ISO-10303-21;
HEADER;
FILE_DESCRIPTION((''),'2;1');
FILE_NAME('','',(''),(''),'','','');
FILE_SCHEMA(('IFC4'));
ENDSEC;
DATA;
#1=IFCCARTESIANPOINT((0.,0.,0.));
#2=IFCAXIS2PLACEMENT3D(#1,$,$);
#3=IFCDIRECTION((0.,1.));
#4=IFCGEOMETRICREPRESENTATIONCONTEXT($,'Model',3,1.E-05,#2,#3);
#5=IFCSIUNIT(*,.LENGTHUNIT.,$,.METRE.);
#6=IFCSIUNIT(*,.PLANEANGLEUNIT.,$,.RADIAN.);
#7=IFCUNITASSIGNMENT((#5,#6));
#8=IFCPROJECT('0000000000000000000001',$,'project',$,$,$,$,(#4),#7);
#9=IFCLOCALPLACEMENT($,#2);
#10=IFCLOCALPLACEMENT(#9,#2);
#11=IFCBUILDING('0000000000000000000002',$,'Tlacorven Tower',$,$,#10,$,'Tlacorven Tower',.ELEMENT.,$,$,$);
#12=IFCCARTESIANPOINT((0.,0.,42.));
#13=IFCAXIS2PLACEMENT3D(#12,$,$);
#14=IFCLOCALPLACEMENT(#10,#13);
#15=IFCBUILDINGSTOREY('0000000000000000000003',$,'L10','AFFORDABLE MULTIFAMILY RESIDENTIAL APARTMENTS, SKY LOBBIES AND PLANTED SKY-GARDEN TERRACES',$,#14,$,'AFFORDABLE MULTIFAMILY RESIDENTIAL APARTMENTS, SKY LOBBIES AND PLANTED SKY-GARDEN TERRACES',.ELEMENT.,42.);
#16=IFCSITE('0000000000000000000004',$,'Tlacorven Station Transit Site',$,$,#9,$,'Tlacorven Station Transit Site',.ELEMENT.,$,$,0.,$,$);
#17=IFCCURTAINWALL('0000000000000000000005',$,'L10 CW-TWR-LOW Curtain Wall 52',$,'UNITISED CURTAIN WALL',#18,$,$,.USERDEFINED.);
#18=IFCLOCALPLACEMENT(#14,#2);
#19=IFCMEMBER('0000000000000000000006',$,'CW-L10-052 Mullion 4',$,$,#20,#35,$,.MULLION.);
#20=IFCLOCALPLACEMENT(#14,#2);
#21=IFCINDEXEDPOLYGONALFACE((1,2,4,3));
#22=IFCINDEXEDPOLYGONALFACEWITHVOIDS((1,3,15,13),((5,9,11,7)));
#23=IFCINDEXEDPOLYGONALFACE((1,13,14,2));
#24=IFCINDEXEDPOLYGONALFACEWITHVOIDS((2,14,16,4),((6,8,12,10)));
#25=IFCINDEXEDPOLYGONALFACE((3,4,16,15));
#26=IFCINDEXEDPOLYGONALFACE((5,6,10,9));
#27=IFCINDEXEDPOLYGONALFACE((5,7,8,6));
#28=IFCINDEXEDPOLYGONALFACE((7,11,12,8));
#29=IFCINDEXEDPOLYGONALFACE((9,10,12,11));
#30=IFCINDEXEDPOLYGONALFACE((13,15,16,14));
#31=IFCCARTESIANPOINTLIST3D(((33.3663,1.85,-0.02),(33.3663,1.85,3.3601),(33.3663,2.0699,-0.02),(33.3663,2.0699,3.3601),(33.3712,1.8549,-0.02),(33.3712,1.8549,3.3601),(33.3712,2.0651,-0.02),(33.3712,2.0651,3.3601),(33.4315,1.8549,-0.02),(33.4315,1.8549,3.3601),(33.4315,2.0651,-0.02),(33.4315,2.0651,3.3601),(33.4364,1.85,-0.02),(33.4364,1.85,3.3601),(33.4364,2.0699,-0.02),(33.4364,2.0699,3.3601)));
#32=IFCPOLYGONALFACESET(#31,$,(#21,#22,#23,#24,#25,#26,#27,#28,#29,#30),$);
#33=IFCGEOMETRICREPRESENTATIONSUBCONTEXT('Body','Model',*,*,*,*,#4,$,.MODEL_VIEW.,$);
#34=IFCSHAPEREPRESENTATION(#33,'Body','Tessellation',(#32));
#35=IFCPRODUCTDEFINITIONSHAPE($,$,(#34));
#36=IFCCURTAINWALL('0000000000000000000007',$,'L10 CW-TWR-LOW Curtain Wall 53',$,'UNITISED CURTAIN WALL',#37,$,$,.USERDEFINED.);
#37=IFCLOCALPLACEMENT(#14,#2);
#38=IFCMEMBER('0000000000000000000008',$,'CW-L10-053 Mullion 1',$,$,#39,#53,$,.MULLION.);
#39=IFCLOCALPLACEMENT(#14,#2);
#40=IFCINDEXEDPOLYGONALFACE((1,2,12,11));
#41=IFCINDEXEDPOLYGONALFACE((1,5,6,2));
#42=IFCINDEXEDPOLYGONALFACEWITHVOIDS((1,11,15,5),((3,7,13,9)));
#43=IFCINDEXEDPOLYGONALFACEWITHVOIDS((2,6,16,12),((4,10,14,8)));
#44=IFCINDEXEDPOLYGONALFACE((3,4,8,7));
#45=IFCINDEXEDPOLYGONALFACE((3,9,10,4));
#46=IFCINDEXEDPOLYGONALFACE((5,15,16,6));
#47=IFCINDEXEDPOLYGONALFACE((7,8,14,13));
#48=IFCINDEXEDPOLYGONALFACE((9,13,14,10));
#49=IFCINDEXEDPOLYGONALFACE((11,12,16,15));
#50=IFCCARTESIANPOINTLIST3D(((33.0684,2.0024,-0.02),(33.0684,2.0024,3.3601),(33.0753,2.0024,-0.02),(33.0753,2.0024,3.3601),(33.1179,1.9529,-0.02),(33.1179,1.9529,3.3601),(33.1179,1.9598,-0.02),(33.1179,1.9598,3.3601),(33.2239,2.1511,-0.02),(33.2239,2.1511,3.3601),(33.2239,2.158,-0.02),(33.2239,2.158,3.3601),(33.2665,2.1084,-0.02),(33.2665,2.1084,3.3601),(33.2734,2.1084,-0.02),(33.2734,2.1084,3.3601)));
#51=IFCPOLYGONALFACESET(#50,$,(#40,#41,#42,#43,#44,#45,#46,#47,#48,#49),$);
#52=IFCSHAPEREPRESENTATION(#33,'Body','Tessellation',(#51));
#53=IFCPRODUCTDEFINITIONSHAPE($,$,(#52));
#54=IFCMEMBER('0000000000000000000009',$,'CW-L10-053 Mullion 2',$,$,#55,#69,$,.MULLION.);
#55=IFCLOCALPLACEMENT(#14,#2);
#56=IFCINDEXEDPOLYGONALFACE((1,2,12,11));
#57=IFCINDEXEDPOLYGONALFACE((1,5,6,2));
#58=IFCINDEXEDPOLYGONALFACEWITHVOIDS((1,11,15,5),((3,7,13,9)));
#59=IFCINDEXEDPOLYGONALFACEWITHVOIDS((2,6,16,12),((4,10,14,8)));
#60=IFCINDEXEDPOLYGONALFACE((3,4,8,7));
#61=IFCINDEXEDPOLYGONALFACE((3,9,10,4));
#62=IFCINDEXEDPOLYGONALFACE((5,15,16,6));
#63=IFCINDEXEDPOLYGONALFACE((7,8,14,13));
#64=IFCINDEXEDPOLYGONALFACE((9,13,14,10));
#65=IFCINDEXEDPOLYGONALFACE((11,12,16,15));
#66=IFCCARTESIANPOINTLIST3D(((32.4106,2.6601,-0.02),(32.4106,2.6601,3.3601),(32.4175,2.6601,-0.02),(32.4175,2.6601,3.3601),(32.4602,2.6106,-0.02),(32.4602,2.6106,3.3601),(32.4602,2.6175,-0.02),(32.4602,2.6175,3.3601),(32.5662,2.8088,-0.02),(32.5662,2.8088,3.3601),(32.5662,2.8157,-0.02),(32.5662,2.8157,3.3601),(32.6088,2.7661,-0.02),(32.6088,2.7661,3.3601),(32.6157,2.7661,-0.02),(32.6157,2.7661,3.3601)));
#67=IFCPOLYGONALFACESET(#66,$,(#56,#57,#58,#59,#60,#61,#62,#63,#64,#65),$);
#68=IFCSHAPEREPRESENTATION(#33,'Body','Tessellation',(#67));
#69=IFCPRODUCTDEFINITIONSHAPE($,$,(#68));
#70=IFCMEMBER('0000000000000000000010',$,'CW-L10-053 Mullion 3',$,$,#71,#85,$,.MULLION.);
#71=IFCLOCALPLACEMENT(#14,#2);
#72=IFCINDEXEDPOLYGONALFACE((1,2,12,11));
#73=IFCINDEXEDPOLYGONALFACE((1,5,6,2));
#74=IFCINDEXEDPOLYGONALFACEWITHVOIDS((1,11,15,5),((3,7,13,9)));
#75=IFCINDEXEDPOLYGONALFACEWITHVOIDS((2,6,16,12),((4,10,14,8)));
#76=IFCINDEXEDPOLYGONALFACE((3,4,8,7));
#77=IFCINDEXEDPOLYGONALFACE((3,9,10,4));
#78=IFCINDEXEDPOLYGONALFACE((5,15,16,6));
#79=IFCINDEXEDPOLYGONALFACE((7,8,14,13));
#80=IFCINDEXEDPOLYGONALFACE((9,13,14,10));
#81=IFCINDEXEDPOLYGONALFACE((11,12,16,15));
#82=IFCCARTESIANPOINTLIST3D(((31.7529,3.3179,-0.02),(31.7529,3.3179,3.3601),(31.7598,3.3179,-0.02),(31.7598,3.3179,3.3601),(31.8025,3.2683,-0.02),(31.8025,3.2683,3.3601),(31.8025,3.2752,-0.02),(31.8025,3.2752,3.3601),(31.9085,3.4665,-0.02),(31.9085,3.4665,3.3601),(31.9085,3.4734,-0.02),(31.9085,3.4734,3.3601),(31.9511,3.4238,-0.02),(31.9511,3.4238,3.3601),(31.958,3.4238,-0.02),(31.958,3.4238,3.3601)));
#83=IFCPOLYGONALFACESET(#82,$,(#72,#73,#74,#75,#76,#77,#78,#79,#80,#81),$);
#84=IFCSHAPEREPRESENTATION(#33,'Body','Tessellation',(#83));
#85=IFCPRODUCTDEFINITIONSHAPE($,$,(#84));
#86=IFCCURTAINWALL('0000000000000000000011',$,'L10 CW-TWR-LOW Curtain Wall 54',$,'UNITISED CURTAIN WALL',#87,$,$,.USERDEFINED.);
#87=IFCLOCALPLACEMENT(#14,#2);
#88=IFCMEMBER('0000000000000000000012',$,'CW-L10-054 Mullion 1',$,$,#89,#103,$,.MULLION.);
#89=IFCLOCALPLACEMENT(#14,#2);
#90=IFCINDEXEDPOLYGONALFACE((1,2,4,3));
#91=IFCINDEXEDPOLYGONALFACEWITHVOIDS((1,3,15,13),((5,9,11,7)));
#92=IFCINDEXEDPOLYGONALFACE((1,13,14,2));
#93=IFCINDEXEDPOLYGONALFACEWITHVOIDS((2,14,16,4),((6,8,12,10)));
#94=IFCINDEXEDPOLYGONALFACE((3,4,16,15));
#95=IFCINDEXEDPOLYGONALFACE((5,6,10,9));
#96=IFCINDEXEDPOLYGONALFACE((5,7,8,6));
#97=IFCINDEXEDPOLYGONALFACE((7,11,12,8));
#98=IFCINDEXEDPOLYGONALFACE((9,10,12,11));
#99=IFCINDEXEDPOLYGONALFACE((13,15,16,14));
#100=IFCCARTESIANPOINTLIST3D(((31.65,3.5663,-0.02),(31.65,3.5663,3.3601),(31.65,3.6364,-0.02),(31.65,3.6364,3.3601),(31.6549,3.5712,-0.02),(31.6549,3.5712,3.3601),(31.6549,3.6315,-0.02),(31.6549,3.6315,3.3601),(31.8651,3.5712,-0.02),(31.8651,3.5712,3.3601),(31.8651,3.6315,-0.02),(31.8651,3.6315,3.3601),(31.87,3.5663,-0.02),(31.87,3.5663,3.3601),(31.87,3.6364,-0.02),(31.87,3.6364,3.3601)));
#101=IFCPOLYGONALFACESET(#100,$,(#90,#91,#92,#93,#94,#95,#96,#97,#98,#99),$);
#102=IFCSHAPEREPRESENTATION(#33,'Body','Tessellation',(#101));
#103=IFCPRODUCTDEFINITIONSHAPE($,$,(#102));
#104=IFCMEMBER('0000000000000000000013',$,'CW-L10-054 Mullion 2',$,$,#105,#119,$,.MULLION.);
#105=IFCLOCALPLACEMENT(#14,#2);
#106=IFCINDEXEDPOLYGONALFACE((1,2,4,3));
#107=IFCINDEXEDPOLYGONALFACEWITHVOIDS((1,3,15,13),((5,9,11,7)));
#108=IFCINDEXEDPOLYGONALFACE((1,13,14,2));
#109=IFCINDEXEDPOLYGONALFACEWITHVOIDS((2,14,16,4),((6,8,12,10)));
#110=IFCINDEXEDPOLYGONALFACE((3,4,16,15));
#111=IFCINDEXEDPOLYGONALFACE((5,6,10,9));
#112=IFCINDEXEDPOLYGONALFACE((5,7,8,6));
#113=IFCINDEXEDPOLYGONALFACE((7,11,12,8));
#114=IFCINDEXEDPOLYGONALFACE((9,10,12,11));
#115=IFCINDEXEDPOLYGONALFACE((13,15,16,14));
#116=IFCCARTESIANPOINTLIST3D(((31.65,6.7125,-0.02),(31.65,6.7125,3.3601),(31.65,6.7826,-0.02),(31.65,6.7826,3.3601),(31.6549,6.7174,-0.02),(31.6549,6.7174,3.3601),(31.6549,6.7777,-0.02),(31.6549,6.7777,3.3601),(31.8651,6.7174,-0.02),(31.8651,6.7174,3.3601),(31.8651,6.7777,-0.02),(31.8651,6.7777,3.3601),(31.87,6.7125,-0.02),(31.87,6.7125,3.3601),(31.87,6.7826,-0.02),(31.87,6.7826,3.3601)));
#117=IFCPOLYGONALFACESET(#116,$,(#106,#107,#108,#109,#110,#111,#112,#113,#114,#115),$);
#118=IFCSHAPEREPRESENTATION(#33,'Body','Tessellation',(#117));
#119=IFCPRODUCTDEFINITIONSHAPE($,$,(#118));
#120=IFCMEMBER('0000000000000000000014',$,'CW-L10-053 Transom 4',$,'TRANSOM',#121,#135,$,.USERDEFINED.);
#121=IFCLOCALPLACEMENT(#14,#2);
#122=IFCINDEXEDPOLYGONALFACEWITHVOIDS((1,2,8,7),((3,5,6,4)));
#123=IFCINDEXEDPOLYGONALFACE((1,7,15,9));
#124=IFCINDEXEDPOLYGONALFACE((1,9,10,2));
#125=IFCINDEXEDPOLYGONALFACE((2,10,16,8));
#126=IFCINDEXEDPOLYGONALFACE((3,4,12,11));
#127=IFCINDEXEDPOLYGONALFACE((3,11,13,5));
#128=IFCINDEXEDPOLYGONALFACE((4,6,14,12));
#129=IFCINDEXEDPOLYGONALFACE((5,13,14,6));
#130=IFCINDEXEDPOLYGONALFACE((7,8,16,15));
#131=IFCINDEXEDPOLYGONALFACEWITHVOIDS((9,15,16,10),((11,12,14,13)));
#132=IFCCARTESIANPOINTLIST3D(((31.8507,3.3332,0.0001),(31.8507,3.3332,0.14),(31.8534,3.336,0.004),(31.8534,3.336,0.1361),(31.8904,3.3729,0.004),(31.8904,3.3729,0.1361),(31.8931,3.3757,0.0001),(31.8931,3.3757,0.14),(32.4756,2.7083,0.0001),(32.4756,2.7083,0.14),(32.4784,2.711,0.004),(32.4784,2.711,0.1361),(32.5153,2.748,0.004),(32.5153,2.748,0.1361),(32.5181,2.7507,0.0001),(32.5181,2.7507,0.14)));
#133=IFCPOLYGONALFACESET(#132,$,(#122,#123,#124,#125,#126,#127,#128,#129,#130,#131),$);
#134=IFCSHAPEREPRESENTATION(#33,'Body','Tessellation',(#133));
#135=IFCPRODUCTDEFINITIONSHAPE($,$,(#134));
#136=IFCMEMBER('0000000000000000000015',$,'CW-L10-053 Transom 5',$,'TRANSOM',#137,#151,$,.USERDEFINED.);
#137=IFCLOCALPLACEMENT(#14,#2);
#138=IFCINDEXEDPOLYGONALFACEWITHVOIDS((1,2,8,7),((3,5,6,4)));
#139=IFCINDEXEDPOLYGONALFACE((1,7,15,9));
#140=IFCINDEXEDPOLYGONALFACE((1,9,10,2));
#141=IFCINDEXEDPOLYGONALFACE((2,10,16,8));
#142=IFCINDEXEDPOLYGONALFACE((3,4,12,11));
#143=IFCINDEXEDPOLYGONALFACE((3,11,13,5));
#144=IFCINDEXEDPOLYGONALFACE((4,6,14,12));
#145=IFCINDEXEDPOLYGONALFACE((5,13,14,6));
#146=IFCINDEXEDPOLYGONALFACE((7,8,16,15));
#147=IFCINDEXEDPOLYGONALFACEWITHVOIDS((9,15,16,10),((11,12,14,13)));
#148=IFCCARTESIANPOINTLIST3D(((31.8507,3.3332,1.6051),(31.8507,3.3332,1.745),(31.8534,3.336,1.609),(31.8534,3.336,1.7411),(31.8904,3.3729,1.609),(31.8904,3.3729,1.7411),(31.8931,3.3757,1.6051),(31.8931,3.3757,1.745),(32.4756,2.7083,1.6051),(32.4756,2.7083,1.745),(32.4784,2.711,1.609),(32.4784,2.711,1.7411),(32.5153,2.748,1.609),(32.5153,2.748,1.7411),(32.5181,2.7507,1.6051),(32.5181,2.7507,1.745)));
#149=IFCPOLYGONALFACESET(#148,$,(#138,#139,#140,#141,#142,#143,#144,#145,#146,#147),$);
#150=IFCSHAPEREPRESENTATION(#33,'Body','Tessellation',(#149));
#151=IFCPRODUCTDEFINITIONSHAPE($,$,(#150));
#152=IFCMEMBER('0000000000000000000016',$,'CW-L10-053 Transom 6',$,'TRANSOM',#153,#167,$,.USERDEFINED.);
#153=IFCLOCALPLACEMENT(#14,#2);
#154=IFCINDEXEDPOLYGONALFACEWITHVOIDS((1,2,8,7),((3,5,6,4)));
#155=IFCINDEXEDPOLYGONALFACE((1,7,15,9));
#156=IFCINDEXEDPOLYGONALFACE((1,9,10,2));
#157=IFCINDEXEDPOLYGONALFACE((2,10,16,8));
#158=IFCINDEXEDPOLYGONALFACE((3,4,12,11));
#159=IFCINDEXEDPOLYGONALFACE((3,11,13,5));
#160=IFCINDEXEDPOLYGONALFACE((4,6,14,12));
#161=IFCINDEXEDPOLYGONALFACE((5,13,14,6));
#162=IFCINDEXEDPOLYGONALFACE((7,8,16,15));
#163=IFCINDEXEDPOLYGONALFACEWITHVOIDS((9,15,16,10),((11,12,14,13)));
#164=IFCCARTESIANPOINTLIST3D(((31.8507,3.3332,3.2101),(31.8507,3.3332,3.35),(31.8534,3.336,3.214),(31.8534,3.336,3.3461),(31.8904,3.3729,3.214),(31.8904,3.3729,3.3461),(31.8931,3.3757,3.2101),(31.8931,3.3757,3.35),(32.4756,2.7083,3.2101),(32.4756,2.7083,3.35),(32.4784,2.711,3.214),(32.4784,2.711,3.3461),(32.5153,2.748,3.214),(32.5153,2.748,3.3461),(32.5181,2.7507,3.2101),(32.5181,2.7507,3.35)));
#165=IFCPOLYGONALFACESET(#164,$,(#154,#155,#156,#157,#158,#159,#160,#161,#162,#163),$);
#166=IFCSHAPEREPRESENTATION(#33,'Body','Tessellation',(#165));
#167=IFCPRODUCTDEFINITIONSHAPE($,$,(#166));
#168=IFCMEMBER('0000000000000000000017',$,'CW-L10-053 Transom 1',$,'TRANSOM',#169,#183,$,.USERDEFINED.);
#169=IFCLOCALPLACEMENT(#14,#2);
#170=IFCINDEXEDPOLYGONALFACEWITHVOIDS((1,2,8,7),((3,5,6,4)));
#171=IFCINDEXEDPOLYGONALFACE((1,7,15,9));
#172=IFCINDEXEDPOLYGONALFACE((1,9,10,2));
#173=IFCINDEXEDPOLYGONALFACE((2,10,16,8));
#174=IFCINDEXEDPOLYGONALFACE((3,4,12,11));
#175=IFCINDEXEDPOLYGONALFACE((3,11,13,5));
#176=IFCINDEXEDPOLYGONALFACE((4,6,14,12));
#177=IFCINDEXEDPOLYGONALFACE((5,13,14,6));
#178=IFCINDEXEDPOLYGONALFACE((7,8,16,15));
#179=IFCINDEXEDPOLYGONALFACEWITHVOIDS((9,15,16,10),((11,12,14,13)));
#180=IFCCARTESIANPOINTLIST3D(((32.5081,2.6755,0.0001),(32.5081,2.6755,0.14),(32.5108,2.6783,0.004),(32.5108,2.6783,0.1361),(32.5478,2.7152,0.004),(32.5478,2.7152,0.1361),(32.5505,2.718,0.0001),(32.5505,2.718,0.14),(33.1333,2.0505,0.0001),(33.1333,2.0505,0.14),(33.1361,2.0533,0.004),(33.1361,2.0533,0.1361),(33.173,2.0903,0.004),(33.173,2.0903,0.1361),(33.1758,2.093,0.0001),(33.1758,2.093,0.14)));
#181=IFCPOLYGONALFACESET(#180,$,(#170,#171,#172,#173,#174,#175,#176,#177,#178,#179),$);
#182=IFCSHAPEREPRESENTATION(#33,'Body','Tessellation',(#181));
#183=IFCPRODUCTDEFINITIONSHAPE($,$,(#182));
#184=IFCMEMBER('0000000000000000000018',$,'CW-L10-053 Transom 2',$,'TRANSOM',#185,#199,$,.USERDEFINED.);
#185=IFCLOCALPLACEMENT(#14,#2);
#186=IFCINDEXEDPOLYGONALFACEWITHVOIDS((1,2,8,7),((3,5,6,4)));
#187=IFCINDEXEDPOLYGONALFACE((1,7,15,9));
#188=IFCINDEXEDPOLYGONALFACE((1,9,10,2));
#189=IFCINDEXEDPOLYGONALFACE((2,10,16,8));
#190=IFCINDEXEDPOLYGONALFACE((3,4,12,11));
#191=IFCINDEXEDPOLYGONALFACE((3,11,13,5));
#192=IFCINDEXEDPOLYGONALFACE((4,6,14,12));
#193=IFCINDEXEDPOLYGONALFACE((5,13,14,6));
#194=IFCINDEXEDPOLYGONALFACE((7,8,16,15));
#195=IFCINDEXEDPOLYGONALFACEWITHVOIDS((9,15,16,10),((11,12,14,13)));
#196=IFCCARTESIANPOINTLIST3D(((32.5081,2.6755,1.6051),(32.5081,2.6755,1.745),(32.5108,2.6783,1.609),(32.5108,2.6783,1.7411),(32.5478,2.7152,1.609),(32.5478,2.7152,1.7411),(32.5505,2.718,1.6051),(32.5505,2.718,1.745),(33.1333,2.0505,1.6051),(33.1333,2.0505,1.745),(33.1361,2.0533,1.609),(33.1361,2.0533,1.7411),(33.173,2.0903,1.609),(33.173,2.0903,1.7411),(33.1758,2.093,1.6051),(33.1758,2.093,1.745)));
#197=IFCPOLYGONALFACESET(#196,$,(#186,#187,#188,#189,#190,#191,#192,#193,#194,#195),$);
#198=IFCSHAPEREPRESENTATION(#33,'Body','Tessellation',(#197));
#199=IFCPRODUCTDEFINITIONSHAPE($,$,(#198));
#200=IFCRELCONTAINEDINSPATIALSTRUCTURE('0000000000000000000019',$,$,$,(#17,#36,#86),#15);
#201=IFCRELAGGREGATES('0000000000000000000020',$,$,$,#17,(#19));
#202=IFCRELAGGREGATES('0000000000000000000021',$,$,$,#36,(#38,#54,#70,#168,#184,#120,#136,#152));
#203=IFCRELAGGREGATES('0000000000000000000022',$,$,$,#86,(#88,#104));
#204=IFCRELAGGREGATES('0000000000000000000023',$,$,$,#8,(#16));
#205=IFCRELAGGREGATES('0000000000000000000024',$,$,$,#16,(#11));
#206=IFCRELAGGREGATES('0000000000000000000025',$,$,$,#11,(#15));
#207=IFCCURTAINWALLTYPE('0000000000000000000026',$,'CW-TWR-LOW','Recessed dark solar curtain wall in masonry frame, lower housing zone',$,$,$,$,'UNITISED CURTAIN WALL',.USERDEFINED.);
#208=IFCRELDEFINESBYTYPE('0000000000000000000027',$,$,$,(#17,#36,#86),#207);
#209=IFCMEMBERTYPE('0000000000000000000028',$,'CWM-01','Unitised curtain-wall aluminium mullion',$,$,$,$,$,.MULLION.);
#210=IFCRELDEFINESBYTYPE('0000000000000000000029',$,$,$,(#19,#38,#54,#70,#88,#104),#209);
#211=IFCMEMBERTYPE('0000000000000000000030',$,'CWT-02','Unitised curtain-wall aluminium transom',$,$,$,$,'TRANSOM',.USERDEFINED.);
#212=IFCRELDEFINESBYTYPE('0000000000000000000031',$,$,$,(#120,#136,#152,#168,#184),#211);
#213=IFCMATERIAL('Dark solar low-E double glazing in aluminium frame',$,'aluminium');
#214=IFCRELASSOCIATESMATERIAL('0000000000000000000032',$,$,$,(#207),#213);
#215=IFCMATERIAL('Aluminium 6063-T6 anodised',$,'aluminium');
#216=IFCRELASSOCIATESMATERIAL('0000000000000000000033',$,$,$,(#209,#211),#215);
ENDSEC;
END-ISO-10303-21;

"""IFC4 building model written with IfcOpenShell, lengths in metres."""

from ifc_helpers import new_model, si_unit, direction, frame, origin, origin_2d, place, context, subcontext, project, spatial, hollow_rectangle, extrude, source, transform, mapped, material, material_profile, profile_set, type_object, element, aggregate, save


model = new_model("IFC4")

# Units and contexts
model_context = context("Model", 3, precision=1e-05, world=origin(), true_north=direction((0.0, 1.0)))
body_context = subcontext(model_context, "Body", "Model", "MODEL_VIEW")
ifc_project = project(units=[si_unit("LENGTHUNIT", "METRE"), si_unit("PLANEANGLEUNIT", "RADIAN")], contexts=[model_context])

# Site, building, storey
site_placement = place(None, origin())
site = spatial("IfcSite", under=ifc_project, at=site_placement, Name="Tlacorven Station Transit Site", LongName="Tlacorven Station Transit Site", CompositionType="ELEMENT", RefElevation=0.0)
building_placement = place(site_placement, origin())
building = spatial("IfcBuilding", under=site, at=building_placement, Name="Tlacorven Tower", LongName="Tlacorven Tower", CompositionType="ELEMENT")
storey_placement = place(building_placement, frame((0.0, 0.0, 42.0)))
storey = spatial("IfcBuildingStorey", under=building, at=storey_placement, Name="L10", Description="AFFORDABLE MULTIFAMILY RESIDENTIAL APARTMENTS, SKY LOBBIES AND PLANTED SKY-GARDEN TERRACES", LongName="AFFORDABLE MULTIFAMILY RESIDENTIAL APARTMENTS, SKY LOBBIES AND PLANTED SKY-GARDEN TERRACES", CompositionType="ELEMENT", Elevation=42.0)

# Curtain wall, member
ifc_material_1 = material(Name="Dark solar low-E double glazing in aluminium frame", Category="aluminium")
curtain_wall_type = type_object("IfcCurtainWallType", Name="CW-TWR-LOW", Description="Recessed dark solar curtain wall in masonry frame, lower housing zone", ElementType="UNITISED CURTAIN WALL", PredefinedType="USERDEFINED", material=ifc_material_1)
curtain_wall_1_placement = place(storey_placement, origin())
curtain_wall_1 = element("IfcCurtainWall", 1, at=curtain_wall_1_placement, inside=storey, type_object=curtain_wall_type, Name="L10 CW-TWR-LOW Curtain Wall 52", ObjectType="UNITISED CURTAIN WALL", PredefinedType="USERDEFINED")
ifc_material_2 = material(Name="Aluminium 6063-T6 anodised", Category="aluminium")
ifc_material_profile_1 = material_profile(ifc_material_2, hollow_rectangle(XDim=0.0701, YDim=0.22, WallThickness=0.0049, at=origin_2d()), Name="ALU MULLION 70X220")
ifc_profile_set_1 = profile_set([ifc_material_profile_1], Name="Aluminium 6063-T6 anodised")
member_type_1 = type_object("IfcMemberType", Name="CWM-01", Description="Unitised curtain-wall aluminium mullion", PredefinedType="MULLION", material=ifc_profile_set_1)
shared_shape_1 = source(origin(), body_context, "Body", "SweptSolid", [
    extrude(hollow_rectangle(XDim=0.0701, YDim=0.22, WallThickness=0.0049, at=origin_2d()), origin(), (0.0, 0.0, 1.0), 3.3801),
])
member_1_placement = place(storey_placement, frame((33.4014, 1.96, -0.02), z_axis=(0.0, 0.0, 1.0), x_axis=(-1.0, 0.0, 0.0)))
member_1 = element("IfcMember", 2, at=member_1_placement, type_object=member_type_1, Name="CW-L10-052 Mullion 4", PredefinedType="MULLION", context=body_context, shape_type="MappedRepresentation", body=[
    mapped(shared_shape_1, transform((0.0, 0.0, 0.0), scale=1.0)),
])
aggregate(curtain_wall_1, [member_1])

# Curtain walls, members
curtain_wall_2_placement = place(storey_placement, origin())
curtain_wall_2 = element("IfcCurtainWall", 3, at=curtain_wall_2_placement, inside=storey, type_object=curtain_wall_type, Name="L10 CW-TWR-LOW Curtain Wall 53", ObjectType="UNITISED CURTAIN WALL", PredefinedType="USERDEFINED")
member_2_placement = place(storey_placement, frame((33.1709, 2.0554, -0.02), z_axis=(0.0, 0.0, 1.0), x_axis=(-0.707107, 0.707107, 0.0)))
member_2 = element("IfcMember", 4, at=member_2_placement, type_object=member_type_1, Name="CW-L10-053 Mullion 1", PredefinedType="MULLION", context=body_context, shape_type="MappedRepresentation", body=[
    mapped(shared_shape_1, transform((0.0, 0.0, 0.0), scale=1.0)),
])
member_3_placement = place(storey_placement, frame((32.5132, 2.7131, -0.02), z_axis=(0.0, 0.0, 1.0), x_axis=(-0.707107, 0.707107, 0.0)))
member_3 = element("IfcMember", 5, at=member_3_placement, type_object=member_type_1, Name="CW-L10-053 Mullion 2", PredefinedType="MULLION", context=body_context, shape_type="MappedRepresentation", body=[
    mapped(shared_shape_1, transform((0.0, 0.0, 0.0), scale=1.0)),
])
member_4_placement = place(storey_placement, frame((31.8555, 3.3708, -0.02), z_axis=(0.0, 0.0, 1.0), x_axis=(-0.707107, 0.707107, 0.0)))
member_4 = element("IfcMember", 6, at=member_4_placement, type_object=member_type_1, Name="CW-L10-053 Mullion 3", PredefinedType="MULLION", context=body_context, shape_type="MappedRepresentation", body=[
    mapped(shared_shape_1, transform((0.0, 0.0, 0.0), scale=1.0)),
])
curtain_wall_3_placement = place(storey_placement, origin())
curtain_wall_3 = element("IfcCurtainWall", 7, at=curtain_wall_3_placement, inside=storey, type_object=curtain_wall_type, Name="L10 CW-TWR-LOW Curtain Wall 54", ObjectType="UNITISED CURTAIN WALL", PredefinedType="USERDEFINED")
member_5_placement = place(storey_placement, frame((31.76, 3.6013, -0.02), z_axis=(0.0, 0.0, 1.0), x_axis=(0.0, 1.0, 0.0)))
member_5 = element("IfcMember", 8, at=member_5_placement, type_object=member_type_1, Name="CW-L10-054 Mullion 1", PredefinedType="MULLION", context=body_context, shape_type="MappedRepresentation", body=[
    mapped(shared_shape_1, transform((0.0, 0.0, 0.0), scale=1.0)),
])
member_6_placement = place(storey_placement, frame((31.76, 6.7476, -0.02), z_axis=(0.0, 0.0, 1.0), x_axis=(0.0, 1.0, 0.0)))
member_6 = element("IfcMember", 9, at=member_6_placement, type_object=member_type_1, Name="CW-L10-054 Mullion 2", PredefinedType="MULLION", context=body_context, shape_type="MappedRepresentation", body=[
    mapped(shared_shape_1, transform((0.0, 0.0, 0.0), scale=1.0)),
])

# Members
ifc_material_profile_2 = material_profile(ifc_material_2, hollow_rectangle(XDim=0.0601, YDim=0.1399, WallThickness=0.0039, at=origin_2d()), Name="ALU TRANSOM 60X140")
ifc_profile_set_2 = profile_set([ifc_material_profile_2], Name="Aluminium 6063-T6 anodised")
member_type_2 = type_object("IfcMemberType", Name="CWT-02", Description="Unitised curtain-wall aluminium transom", ElementType="TRANSOM", PredefinedType="USERDEFINED", material=ifc_profile_set_2)
shared_shape_2 = source(origin(), body_context, "Body", "SweptSolid", [
    extrude(hollow_rectangle(XDim=0.0601, YDim=0.1399, WallThickness=0.0039, at=origin_2d()), origin(), (0.0, 0.0, 1.0), 0.8838),
])
member_7_placement = place(storey_placement, frame((32.4968, 2.7295, 0.0701), z_axis=(-0.707107, 0.707107, 0.0), x_axis=(-0.707107, -0.707107, 0.0)))
member_7 = element("IfcMember", 10, at=member_7_placement, type_object=member_type_2, Name="CW-L10-053 Transom 4", ObjectType="TRANSOM", PredefinedType="USERDEFINED", context=body_context, shape_type="MappedRepresentation", body=[
    mapped(shared_shape_2, transform((0.0, 0.0, 0.0), scale=1.0)),
])
member_8_placement = place(storey_placement, frame((32.4968, 2.7295, 1.675), z_axis=(-0.707107, 0.707107, 0.0), x_axis=(-0.707107, -0.707107, 0.0)))
member_8 = element("IfcMember", 11, at=member_8_placement, type_object=member_type_2, Name="CW-L10-053 Transom 5", ObjectType="TRANSOM", PredefinedType="USERDEFINED", context=body_context, shape_type="MappedRepresentation", body=[
    mapped(shared_shape_2, transform((0.0, 0.0, 0.0), scale=1.0)),
])
member_9_placement = place(storey_placement, frame((32.4968, 2.7295, 3.28), z_axis=(-0.707107, 0.707107, 0.0), x_axis=(-0.707107, -0.707107, 0.0)))
member_9 = element("IfcMember", 12, at=member_9_placement, type_object=member_type_2, Name="CW-L10-053 Transom 6", ObjectType="TRANSOM", PredefinedType="USERDEFINED", context=body_context, shape_type="MappedRepresentation", body=[
    mapped(shared_shape_2, transform((0.0, 0.0, 0.0), scale=1.0)),
])
shared_shape_3 = source(origin(), body_context, "Body", "SweptSolid", [
    extrude(hollow_rectangle(XDim=0.0601, YDim=0.1399, WallThickness=0.0039, at=origin_2d()), origin(), (0.0, 0.0, 1.0), 0.884),
])
member_10_placement = place(storey_placement, frame((33.1545, 2.0718, 0.0701), z_axis=(-0.707245, 0.706969, 0.0), x_axis=(-0.706969, -0.707245, 0.0)))
member_10 = element("IfcMember", 13, at=member_10_placement, type_object=member_type_2, Name="CW-L10-053 Transom 1", ObjectType="TRANSOM", PredefinedType="USERDEFINED", context=body_context, shape_type="MappedRepresentation", body=[
    mapped(shared_shape_3, transform((0.0, 0.0, 0.0), scale=1.0)),
])
member_11_placement = place(storey_placement, frame((33.1545, 2.0718, 1.675), z_axis=(-0.707245, 0.706969, 0.0), x_axis=(-0.706969, -0.707245, 0.0)))
member_11 = element("IfcMember", 14, at=member_11_placement, type_object=member_type_2, Name="CW-L10-053 Transom 2", ObjectType="TRANSOM", PredefinedType="USERDEFINED", context=body_context, shape_type="MappedRepresentation", body=[
    mapped(shared_shape_3, transform((0.0, 0.0, 0.0), scale=1.0)),
])

aggregate(curtain_wall_2, [member_2, member_3, member_4, member_10, member_11, member_7, member_8, member_9])
aggregate(curtain_wall_3, [member_5, member_6])

save(model, "model.ifc")
